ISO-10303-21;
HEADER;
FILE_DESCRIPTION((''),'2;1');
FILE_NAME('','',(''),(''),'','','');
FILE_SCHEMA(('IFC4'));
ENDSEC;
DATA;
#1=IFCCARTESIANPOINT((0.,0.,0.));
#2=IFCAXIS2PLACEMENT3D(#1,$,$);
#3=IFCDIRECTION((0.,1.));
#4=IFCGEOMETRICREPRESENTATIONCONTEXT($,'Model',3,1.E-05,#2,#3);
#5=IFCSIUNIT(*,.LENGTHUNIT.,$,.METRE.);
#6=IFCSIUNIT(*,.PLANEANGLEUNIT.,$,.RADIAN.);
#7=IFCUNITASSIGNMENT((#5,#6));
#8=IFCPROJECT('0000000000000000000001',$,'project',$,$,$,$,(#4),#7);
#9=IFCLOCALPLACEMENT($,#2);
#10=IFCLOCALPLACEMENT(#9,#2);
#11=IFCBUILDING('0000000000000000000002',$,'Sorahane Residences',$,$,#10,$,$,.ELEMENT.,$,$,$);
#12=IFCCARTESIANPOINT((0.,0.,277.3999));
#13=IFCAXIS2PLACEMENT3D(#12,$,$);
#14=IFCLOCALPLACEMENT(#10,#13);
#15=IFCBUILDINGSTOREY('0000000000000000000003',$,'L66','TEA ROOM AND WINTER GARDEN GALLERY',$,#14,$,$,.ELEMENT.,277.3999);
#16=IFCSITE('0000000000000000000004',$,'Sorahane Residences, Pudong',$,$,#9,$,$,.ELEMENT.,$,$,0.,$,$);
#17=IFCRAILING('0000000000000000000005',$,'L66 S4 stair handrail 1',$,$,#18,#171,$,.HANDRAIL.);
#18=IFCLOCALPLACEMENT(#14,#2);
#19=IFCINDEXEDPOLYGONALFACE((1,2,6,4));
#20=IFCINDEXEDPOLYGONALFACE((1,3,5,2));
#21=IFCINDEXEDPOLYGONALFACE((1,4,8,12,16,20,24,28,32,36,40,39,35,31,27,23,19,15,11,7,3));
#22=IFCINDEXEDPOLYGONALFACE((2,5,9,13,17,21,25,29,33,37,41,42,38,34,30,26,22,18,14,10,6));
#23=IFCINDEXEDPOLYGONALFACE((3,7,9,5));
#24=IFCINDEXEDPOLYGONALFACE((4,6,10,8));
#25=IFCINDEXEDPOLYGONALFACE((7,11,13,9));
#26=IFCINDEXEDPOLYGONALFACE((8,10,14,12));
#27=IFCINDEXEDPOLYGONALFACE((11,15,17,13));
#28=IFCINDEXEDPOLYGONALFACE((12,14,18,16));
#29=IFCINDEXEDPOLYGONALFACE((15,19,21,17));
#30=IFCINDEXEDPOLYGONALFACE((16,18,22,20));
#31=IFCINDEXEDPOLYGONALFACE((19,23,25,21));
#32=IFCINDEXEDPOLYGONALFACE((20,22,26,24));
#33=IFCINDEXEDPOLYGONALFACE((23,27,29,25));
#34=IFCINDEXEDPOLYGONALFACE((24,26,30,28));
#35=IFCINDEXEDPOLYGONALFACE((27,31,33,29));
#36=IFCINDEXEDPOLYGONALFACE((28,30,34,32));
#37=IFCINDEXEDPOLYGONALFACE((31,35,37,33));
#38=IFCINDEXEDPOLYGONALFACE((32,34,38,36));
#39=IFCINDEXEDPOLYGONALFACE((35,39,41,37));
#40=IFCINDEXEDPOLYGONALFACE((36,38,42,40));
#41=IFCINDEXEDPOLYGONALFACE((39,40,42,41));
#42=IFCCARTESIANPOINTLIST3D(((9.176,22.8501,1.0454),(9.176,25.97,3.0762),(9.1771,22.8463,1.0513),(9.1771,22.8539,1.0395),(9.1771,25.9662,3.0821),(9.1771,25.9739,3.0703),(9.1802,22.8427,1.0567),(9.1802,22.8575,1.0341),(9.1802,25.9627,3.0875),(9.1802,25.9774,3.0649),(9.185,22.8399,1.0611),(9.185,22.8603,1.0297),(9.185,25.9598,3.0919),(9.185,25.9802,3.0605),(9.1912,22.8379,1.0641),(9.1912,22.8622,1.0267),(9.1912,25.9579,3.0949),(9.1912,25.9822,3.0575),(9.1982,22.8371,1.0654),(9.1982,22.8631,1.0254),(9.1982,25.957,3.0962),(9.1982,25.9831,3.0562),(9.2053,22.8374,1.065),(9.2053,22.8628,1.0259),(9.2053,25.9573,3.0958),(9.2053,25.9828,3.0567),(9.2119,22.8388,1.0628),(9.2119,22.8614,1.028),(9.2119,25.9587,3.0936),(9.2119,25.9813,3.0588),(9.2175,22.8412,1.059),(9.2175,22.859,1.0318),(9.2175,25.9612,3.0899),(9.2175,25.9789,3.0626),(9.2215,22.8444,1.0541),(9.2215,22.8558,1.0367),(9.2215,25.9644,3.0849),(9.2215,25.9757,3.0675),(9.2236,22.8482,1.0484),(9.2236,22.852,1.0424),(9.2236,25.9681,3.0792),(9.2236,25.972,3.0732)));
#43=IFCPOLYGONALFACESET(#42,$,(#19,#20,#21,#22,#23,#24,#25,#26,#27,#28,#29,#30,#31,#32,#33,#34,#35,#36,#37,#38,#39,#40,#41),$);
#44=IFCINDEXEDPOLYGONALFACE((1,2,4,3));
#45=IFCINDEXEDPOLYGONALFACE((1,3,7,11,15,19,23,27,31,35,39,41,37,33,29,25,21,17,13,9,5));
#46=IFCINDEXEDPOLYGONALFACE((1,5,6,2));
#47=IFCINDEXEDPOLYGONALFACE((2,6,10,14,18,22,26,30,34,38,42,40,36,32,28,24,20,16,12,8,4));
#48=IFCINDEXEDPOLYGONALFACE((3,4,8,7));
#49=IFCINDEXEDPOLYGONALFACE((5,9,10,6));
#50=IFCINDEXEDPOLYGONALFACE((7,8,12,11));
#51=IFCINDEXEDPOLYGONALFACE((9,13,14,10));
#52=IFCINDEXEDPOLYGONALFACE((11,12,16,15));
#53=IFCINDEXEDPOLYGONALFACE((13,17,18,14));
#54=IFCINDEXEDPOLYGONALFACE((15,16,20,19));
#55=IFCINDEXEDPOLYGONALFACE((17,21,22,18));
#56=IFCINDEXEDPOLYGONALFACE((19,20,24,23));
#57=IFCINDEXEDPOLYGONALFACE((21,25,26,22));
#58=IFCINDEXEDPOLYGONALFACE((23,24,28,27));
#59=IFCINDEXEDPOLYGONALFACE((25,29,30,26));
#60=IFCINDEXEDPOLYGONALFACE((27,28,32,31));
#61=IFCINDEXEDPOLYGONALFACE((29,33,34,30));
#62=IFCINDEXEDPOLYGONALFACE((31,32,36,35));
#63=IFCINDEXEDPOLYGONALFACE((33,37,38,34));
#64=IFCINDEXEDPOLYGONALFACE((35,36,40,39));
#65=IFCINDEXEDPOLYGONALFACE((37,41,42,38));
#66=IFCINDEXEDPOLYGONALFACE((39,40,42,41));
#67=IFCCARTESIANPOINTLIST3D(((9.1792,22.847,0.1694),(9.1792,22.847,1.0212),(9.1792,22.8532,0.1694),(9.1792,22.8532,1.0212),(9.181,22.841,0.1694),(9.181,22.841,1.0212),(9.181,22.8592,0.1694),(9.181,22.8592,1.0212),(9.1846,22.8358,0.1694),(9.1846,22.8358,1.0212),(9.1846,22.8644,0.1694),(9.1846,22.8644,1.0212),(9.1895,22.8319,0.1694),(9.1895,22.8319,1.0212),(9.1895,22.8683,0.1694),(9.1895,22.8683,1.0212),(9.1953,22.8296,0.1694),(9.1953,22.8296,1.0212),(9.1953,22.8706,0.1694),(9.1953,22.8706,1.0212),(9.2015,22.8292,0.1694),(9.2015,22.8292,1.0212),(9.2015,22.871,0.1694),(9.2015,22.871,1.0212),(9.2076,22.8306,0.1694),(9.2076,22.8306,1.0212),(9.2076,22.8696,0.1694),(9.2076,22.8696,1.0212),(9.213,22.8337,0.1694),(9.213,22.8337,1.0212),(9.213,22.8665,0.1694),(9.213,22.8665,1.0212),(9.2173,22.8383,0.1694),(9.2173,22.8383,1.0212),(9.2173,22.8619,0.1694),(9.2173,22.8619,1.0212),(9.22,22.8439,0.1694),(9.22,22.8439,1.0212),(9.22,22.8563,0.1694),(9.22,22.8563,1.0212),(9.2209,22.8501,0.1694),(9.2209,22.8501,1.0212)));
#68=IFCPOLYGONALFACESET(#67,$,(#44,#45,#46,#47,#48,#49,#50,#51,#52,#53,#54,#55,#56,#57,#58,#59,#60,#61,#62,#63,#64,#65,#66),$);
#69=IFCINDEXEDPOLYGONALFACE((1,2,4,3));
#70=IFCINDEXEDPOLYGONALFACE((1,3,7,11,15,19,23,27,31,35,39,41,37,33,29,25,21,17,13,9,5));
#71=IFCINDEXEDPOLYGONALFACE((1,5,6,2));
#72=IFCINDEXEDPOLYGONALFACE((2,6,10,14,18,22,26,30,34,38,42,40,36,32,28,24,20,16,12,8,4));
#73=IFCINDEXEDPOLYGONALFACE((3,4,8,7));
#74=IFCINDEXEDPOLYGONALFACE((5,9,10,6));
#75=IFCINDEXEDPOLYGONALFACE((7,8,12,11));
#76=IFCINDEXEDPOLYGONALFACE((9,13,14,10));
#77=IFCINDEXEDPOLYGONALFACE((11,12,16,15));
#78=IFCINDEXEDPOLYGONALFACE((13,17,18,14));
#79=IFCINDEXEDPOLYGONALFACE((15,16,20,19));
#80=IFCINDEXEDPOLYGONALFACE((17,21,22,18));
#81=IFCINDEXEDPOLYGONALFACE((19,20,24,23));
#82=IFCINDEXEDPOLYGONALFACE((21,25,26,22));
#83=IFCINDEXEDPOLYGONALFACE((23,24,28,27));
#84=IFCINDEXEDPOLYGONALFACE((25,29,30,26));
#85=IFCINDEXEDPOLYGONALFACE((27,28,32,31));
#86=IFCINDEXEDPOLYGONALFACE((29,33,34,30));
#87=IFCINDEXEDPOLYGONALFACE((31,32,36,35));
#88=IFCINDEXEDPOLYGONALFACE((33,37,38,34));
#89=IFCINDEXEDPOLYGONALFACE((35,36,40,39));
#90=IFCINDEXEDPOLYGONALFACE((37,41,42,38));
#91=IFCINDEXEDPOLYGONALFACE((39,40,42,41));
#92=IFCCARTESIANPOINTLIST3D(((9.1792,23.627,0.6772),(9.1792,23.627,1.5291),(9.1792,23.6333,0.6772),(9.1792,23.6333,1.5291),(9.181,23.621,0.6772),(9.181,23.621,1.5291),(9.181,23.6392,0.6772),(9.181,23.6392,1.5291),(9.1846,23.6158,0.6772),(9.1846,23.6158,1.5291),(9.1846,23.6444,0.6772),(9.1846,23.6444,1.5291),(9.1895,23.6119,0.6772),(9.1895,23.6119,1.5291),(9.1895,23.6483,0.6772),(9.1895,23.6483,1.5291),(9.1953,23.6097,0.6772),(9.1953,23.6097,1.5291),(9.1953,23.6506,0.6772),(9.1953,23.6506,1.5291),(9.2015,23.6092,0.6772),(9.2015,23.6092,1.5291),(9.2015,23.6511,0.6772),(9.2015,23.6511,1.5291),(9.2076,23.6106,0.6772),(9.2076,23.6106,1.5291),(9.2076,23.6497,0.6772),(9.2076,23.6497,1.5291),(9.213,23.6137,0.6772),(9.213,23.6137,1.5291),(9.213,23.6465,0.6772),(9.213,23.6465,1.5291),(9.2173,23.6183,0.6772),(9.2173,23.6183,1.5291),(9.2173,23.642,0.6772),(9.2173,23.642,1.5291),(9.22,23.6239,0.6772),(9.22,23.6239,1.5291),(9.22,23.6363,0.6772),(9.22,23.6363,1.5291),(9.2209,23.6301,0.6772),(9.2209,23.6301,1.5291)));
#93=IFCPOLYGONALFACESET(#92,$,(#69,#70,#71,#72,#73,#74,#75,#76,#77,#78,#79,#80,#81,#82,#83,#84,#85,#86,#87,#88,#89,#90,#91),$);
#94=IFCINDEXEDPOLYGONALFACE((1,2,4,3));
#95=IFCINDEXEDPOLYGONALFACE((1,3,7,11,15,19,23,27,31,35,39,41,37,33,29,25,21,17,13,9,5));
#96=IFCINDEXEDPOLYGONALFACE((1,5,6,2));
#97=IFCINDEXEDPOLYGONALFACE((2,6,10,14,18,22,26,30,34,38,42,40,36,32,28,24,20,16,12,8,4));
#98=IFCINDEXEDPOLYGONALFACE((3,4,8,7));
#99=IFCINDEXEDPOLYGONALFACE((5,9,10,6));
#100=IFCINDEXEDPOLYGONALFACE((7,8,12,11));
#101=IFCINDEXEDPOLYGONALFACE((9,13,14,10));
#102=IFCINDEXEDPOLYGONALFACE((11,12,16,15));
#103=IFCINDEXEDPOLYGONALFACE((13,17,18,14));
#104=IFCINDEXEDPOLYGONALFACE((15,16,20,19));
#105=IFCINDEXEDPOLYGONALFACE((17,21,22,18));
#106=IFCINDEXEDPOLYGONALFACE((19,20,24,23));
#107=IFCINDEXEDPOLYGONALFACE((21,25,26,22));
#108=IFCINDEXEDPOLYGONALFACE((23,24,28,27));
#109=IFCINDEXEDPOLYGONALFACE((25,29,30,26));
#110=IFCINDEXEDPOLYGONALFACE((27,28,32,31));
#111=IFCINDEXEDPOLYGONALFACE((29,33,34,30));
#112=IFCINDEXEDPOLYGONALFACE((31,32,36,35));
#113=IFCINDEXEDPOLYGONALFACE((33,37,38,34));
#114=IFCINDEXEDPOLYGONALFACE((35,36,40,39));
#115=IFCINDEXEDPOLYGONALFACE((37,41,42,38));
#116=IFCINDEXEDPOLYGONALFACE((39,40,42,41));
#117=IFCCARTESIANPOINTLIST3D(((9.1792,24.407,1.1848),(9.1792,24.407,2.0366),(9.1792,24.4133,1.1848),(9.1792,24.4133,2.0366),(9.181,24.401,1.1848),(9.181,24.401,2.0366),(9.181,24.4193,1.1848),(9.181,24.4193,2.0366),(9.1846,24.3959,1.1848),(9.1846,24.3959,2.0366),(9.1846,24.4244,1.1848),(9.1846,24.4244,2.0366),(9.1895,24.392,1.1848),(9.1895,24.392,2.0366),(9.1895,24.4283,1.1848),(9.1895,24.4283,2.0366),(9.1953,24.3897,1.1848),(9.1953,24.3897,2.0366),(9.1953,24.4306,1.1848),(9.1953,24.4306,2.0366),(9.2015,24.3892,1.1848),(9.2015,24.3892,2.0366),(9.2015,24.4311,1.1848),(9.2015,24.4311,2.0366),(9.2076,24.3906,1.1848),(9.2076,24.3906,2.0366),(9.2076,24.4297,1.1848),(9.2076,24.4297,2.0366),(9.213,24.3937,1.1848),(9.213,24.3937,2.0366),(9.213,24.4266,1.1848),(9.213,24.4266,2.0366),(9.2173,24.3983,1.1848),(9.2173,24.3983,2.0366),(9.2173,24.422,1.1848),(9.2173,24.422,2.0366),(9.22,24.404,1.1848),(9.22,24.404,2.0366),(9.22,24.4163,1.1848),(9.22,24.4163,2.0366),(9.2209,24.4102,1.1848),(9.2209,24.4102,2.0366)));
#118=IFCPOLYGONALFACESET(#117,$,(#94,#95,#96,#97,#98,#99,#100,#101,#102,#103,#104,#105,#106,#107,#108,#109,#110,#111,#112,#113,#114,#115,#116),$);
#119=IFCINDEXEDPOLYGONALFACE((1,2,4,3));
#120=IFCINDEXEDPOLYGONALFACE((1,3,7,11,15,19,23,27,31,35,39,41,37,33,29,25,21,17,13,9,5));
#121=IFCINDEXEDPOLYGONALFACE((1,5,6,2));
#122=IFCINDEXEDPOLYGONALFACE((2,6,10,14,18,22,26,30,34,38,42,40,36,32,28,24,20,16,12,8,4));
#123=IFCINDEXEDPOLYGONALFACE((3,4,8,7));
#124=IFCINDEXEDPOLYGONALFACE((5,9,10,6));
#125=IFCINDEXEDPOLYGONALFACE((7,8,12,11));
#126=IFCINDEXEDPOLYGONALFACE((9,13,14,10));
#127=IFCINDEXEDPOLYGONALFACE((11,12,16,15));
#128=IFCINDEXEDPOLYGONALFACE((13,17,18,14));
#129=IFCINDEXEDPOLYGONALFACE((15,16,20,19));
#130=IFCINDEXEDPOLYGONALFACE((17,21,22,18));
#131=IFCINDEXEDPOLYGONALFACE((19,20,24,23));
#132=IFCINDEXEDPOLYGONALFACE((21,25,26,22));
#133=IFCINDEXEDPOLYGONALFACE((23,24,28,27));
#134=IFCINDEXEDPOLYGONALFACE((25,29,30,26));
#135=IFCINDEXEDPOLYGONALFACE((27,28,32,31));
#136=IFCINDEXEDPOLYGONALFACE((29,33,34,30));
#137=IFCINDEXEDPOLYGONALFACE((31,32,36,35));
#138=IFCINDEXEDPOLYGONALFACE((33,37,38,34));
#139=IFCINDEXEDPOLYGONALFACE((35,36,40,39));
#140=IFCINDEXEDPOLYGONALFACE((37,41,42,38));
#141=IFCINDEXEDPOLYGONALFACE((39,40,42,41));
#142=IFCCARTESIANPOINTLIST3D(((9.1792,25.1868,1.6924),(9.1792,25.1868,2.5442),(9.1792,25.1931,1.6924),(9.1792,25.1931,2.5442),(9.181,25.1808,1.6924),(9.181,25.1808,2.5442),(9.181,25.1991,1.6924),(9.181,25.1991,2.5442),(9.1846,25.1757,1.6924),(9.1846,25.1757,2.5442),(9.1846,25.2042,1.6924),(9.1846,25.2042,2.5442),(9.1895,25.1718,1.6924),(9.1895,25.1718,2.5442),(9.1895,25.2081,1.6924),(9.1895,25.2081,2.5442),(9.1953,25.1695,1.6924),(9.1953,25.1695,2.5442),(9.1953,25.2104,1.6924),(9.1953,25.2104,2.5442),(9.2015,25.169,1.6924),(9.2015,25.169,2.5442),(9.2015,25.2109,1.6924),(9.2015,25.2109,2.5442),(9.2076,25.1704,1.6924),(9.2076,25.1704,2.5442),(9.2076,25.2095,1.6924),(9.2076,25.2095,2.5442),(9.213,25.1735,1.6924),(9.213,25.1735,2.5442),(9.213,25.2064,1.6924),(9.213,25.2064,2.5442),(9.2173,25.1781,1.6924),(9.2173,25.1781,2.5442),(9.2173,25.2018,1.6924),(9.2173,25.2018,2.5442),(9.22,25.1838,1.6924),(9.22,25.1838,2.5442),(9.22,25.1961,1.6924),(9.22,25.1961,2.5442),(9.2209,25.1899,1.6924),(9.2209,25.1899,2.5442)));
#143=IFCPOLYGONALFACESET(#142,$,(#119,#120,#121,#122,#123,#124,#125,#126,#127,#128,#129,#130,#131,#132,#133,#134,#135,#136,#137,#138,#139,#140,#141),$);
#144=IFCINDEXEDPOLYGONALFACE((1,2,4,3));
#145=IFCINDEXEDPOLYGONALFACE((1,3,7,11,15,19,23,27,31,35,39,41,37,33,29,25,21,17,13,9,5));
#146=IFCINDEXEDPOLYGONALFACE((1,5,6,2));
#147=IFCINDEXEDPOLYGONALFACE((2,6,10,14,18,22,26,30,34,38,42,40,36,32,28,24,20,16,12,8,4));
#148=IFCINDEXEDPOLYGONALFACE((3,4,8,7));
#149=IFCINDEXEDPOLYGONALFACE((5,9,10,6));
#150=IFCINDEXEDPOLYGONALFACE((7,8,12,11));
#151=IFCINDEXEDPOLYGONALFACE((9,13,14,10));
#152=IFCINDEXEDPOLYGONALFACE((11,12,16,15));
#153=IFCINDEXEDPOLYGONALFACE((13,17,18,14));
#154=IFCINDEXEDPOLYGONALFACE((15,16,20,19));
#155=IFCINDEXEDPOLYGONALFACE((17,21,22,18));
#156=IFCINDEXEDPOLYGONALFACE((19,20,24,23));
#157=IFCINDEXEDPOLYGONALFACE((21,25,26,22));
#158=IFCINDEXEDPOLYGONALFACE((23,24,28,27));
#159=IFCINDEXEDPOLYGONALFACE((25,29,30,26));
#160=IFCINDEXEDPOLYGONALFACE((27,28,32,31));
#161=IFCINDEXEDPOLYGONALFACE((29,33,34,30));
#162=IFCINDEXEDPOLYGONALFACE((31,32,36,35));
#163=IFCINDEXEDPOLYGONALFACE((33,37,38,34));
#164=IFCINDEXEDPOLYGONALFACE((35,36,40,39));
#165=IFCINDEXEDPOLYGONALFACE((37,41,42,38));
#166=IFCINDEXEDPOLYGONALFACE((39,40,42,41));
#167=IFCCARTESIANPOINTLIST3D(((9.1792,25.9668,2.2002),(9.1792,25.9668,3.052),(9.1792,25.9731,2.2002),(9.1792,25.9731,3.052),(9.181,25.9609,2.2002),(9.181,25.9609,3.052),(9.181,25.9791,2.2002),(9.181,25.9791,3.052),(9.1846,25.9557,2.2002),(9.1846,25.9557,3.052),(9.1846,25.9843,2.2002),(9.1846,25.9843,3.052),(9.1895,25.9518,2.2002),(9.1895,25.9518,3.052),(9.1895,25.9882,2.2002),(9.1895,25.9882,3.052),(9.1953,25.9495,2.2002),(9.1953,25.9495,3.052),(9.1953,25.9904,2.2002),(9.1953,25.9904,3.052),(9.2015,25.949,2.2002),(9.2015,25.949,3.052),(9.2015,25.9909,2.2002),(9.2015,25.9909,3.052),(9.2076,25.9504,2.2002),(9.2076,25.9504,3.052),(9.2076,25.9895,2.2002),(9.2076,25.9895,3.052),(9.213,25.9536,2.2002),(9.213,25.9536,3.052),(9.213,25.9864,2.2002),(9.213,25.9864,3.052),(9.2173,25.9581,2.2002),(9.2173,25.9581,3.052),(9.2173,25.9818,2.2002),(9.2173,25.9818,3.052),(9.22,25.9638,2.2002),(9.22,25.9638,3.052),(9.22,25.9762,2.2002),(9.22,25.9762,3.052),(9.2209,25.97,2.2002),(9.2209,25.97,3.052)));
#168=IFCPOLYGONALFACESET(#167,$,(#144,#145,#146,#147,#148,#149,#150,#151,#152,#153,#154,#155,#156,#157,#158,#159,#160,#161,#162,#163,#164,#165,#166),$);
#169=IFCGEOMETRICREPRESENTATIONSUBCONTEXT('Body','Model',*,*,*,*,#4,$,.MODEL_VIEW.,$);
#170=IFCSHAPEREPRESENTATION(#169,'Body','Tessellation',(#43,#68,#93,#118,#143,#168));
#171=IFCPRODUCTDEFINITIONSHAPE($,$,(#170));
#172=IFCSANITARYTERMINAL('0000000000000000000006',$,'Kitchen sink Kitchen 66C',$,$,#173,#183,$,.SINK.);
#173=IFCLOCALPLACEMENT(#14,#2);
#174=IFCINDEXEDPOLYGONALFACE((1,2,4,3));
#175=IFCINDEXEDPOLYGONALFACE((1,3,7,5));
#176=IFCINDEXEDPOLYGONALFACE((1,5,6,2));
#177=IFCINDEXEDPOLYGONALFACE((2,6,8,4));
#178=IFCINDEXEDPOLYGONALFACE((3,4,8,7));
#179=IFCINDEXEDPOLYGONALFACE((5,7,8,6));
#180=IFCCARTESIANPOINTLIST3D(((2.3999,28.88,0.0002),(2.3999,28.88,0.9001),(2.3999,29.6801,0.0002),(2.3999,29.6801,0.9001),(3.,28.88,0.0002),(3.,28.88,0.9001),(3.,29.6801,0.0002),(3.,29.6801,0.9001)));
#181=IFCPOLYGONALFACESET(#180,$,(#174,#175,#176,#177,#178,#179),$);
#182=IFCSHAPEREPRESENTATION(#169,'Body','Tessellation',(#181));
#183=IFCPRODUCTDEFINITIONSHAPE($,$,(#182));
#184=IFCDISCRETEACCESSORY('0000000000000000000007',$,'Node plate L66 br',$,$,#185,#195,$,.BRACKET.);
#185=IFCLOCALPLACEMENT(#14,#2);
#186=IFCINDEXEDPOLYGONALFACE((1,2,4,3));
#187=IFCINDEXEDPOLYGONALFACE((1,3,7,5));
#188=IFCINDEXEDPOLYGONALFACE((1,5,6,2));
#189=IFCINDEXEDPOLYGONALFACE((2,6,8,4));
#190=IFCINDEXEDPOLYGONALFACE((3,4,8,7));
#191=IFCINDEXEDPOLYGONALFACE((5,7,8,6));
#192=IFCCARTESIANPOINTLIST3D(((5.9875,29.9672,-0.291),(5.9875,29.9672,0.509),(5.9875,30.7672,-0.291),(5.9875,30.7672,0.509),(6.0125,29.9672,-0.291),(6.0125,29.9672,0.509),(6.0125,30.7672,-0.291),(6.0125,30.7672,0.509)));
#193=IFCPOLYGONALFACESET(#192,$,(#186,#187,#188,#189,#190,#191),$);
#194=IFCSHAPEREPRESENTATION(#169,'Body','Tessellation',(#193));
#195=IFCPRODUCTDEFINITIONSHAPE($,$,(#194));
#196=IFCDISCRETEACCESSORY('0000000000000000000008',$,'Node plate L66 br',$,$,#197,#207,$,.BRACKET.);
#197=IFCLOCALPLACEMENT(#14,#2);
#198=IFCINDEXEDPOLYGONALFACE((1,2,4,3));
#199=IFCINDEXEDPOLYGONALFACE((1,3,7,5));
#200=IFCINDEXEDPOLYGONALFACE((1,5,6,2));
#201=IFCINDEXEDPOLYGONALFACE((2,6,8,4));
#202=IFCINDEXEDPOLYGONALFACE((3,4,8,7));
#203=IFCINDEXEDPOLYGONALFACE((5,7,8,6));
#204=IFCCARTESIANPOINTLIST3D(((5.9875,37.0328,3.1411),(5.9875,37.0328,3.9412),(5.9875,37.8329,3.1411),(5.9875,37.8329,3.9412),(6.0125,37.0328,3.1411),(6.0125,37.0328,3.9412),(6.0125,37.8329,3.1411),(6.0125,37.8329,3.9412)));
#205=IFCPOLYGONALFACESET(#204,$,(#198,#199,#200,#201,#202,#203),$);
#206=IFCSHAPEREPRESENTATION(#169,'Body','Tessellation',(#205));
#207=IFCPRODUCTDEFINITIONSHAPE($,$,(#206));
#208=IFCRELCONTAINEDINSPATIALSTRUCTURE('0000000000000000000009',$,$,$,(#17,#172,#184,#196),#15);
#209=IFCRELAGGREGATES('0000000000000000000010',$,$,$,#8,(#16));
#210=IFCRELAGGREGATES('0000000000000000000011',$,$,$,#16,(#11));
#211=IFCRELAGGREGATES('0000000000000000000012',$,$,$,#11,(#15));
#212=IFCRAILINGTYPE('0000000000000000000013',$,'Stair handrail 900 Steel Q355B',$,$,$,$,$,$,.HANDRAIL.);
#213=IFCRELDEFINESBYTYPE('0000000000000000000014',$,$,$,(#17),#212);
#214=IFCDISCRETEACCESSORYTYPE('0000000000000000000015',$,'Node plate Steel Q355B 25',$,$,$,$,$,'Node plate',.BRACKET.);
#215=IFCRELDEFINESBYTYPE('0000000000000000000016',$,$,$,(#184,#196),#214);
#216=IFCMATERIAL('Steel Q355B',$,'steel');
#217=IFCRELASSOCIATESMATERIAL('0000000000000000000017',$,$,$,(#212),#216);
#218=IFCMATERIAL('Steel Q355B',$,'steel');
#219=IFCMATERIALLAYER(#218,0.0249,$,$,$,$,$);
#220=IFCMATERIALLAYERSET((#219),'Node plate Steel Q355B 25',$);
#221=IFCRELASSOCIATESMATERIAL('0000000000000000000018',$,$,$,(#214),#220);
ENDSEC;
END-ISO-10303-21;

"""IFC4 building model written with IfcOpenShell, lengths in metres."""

from ifc_helpers import new_model, si_unit, direction, frame, origin, origin_2d, place, context, subcontext, project, spatial, rectangle, circle, extrude, material, layer, layer_set, type_object, element, save


model = new_model("IFC4")

# Units and contexts
model_context = context("Model", 3, precision=1e-05, world=origin(), true_north=direction((0.0, 1.0)))
body_context = subcontext(model_context, "Body", "Model", "MODEL_VIEW")
ifc_project = project(units=[si_unit("LENGTHUNIT", "METRE"), si_unit("PLANEANGLEUNIT", "RADIAN")], contexts=[model_context])

# Site, building, storey
site_placement = place(None, origin())
site = spatial("IfcSite", under=ifc_project, at=site_placement, Name="Sorahane Residences, Pudong", CompositionType="ELEMENT", RefElevation=0.0)
building_placement = place(site_placement, origin())
building = spatial("IfcBuilding", under=site, at=building_placement, Name="Sorahane Residences", CompositionType="ELEMENT")
storey_placement = place(building_placement, frame((0.0, 0.0, 277.3999)))
storey = spatial("IfcBuildingStorey", under=building, at=storey_placement, Name="L66", Description="TEA ROOM AND WINTER GARDEN GALLERY", CompositionType="ELEMENT", Elevation=277.3999)

# Railing
ifc_material_1 = material(Name="Steel Q355B", Category="steel")
railing_type_1 = type_object("IfcRailingType", Name="Stair handrail 900 Steel Q355B", PredefinedType="HANDRAIL", material=ifc_material_1)
railing_1_placement = place(storey_placement, frame((9.2, 22.8501, 0.1694)))
element("IfcRailing", 1, at=railing_1_placement, inside=storey, type_object=railing_type_1, Name="L66 S4 stair handrail 1", PredefinedType="HANDRAIL", context=body_context, shape_type="SweptSolid", body=[
    extrude(circle(Radius=0.0239, at=origin_2d()), frame((0.0, 0.0, 0.876), z_axis=(0.0, 0.838094, 0.545525), x_axis=(-1.0, 0.0, 0.0)), (0.0, 0.0, 1.0), 3.7227),
    extrude(circle(Radius=0.021, at=origin_2d()), origin(), (0.0, 0.0, 1.0), 0.8518),
    extrude(circle(Radius=0.021, at=origin_2d()), frame((0.0, 0.78, 0.5078)), (0.0, 0.0, 1.0), 0.8518),
    extrude(circle(Radius=0.021, at=origin_2d()), frame((0.0, 1.5601, 1.0154)), (0.0, 0.0, 1.0), 0.8518),
    extrude(circle(Radius=0.021, at=origin_2d()), frame((0.0, 2.3398, 1.5229)), (0.0, 0.0, 1.0), 0.8518),
    extrude(circle(Radius=0.021, at=origin_2d()), frame((0.0, 3.1199, 2.0308)), (0.0, 0.0, 1.0), 0.8518),
])

# Sanitary terminal
sanitary_terminal_placement = place(storey_placement, frame((2.7, 29.28, 0.0002), z_axis=(0.0, 0.0, 1.0), x_axis=(0.0, -1.0, 0.0)))
element("IfcSanitaryTerminal", 2, at=sanitary_terminal_placement, inside=storey, Name="Kitchen sink Kitchen 66C", PredefinedType="SINK", context=body_context, shape_type="SweptSolid", body=[
    extrude(rectangle(XDim=0.8, YDim=0.6001, at=origin_2d()), origin(), (0.0, 0.0, 1.0), 0.8999),
])

# Discrete accessories
ifc_material_2 = material(Name="Steel Q355B", Category="steel")
ifc_layer_1 = layer(ifc_material_2, 0.0249)
ifc_layer_set_1 = layer_set([ifc_layer_1], Name="Node plate Steel Q355B 25")
discrete_accessory_type = type_object("IfcDiscreteAccessoryType", Name="Node plate Steel Q355B 25", ElementType="Node plate", PredefinedType="BRACKET", material=ifc_layer_set_1)
for number, where, z_axis, x_axis, name in (
    (3, (6.0, 30.3672, -0.291), (0.0, 0.0, 1.0), (0.0, 1.0, 0.0), "Node plate L66 br"),
    (4, (6.0, 37.4329, 3.1411), (0.0, 0.0, 1.0), (0.0, 1.0, 0.0), "Node plate L66 br"),
):
    element("IfcDiscreteAccessory", number, at=place(storey_placement, frame(where, z_axis=z_axis, x_axis=x_axis)), inside=storey, type_object=discrete_accessory_type, Name=name, PredefinedType="BRACKET", context=body_context, shape_type="SweptSolid", body=[
        extrude(rectangle(XDim=0.8, YDim=0.0249, at=origin_2d()), origin(), (0.0, 0.0, 1.0), 0.8),
    ])

save(model, "model.ifc")
